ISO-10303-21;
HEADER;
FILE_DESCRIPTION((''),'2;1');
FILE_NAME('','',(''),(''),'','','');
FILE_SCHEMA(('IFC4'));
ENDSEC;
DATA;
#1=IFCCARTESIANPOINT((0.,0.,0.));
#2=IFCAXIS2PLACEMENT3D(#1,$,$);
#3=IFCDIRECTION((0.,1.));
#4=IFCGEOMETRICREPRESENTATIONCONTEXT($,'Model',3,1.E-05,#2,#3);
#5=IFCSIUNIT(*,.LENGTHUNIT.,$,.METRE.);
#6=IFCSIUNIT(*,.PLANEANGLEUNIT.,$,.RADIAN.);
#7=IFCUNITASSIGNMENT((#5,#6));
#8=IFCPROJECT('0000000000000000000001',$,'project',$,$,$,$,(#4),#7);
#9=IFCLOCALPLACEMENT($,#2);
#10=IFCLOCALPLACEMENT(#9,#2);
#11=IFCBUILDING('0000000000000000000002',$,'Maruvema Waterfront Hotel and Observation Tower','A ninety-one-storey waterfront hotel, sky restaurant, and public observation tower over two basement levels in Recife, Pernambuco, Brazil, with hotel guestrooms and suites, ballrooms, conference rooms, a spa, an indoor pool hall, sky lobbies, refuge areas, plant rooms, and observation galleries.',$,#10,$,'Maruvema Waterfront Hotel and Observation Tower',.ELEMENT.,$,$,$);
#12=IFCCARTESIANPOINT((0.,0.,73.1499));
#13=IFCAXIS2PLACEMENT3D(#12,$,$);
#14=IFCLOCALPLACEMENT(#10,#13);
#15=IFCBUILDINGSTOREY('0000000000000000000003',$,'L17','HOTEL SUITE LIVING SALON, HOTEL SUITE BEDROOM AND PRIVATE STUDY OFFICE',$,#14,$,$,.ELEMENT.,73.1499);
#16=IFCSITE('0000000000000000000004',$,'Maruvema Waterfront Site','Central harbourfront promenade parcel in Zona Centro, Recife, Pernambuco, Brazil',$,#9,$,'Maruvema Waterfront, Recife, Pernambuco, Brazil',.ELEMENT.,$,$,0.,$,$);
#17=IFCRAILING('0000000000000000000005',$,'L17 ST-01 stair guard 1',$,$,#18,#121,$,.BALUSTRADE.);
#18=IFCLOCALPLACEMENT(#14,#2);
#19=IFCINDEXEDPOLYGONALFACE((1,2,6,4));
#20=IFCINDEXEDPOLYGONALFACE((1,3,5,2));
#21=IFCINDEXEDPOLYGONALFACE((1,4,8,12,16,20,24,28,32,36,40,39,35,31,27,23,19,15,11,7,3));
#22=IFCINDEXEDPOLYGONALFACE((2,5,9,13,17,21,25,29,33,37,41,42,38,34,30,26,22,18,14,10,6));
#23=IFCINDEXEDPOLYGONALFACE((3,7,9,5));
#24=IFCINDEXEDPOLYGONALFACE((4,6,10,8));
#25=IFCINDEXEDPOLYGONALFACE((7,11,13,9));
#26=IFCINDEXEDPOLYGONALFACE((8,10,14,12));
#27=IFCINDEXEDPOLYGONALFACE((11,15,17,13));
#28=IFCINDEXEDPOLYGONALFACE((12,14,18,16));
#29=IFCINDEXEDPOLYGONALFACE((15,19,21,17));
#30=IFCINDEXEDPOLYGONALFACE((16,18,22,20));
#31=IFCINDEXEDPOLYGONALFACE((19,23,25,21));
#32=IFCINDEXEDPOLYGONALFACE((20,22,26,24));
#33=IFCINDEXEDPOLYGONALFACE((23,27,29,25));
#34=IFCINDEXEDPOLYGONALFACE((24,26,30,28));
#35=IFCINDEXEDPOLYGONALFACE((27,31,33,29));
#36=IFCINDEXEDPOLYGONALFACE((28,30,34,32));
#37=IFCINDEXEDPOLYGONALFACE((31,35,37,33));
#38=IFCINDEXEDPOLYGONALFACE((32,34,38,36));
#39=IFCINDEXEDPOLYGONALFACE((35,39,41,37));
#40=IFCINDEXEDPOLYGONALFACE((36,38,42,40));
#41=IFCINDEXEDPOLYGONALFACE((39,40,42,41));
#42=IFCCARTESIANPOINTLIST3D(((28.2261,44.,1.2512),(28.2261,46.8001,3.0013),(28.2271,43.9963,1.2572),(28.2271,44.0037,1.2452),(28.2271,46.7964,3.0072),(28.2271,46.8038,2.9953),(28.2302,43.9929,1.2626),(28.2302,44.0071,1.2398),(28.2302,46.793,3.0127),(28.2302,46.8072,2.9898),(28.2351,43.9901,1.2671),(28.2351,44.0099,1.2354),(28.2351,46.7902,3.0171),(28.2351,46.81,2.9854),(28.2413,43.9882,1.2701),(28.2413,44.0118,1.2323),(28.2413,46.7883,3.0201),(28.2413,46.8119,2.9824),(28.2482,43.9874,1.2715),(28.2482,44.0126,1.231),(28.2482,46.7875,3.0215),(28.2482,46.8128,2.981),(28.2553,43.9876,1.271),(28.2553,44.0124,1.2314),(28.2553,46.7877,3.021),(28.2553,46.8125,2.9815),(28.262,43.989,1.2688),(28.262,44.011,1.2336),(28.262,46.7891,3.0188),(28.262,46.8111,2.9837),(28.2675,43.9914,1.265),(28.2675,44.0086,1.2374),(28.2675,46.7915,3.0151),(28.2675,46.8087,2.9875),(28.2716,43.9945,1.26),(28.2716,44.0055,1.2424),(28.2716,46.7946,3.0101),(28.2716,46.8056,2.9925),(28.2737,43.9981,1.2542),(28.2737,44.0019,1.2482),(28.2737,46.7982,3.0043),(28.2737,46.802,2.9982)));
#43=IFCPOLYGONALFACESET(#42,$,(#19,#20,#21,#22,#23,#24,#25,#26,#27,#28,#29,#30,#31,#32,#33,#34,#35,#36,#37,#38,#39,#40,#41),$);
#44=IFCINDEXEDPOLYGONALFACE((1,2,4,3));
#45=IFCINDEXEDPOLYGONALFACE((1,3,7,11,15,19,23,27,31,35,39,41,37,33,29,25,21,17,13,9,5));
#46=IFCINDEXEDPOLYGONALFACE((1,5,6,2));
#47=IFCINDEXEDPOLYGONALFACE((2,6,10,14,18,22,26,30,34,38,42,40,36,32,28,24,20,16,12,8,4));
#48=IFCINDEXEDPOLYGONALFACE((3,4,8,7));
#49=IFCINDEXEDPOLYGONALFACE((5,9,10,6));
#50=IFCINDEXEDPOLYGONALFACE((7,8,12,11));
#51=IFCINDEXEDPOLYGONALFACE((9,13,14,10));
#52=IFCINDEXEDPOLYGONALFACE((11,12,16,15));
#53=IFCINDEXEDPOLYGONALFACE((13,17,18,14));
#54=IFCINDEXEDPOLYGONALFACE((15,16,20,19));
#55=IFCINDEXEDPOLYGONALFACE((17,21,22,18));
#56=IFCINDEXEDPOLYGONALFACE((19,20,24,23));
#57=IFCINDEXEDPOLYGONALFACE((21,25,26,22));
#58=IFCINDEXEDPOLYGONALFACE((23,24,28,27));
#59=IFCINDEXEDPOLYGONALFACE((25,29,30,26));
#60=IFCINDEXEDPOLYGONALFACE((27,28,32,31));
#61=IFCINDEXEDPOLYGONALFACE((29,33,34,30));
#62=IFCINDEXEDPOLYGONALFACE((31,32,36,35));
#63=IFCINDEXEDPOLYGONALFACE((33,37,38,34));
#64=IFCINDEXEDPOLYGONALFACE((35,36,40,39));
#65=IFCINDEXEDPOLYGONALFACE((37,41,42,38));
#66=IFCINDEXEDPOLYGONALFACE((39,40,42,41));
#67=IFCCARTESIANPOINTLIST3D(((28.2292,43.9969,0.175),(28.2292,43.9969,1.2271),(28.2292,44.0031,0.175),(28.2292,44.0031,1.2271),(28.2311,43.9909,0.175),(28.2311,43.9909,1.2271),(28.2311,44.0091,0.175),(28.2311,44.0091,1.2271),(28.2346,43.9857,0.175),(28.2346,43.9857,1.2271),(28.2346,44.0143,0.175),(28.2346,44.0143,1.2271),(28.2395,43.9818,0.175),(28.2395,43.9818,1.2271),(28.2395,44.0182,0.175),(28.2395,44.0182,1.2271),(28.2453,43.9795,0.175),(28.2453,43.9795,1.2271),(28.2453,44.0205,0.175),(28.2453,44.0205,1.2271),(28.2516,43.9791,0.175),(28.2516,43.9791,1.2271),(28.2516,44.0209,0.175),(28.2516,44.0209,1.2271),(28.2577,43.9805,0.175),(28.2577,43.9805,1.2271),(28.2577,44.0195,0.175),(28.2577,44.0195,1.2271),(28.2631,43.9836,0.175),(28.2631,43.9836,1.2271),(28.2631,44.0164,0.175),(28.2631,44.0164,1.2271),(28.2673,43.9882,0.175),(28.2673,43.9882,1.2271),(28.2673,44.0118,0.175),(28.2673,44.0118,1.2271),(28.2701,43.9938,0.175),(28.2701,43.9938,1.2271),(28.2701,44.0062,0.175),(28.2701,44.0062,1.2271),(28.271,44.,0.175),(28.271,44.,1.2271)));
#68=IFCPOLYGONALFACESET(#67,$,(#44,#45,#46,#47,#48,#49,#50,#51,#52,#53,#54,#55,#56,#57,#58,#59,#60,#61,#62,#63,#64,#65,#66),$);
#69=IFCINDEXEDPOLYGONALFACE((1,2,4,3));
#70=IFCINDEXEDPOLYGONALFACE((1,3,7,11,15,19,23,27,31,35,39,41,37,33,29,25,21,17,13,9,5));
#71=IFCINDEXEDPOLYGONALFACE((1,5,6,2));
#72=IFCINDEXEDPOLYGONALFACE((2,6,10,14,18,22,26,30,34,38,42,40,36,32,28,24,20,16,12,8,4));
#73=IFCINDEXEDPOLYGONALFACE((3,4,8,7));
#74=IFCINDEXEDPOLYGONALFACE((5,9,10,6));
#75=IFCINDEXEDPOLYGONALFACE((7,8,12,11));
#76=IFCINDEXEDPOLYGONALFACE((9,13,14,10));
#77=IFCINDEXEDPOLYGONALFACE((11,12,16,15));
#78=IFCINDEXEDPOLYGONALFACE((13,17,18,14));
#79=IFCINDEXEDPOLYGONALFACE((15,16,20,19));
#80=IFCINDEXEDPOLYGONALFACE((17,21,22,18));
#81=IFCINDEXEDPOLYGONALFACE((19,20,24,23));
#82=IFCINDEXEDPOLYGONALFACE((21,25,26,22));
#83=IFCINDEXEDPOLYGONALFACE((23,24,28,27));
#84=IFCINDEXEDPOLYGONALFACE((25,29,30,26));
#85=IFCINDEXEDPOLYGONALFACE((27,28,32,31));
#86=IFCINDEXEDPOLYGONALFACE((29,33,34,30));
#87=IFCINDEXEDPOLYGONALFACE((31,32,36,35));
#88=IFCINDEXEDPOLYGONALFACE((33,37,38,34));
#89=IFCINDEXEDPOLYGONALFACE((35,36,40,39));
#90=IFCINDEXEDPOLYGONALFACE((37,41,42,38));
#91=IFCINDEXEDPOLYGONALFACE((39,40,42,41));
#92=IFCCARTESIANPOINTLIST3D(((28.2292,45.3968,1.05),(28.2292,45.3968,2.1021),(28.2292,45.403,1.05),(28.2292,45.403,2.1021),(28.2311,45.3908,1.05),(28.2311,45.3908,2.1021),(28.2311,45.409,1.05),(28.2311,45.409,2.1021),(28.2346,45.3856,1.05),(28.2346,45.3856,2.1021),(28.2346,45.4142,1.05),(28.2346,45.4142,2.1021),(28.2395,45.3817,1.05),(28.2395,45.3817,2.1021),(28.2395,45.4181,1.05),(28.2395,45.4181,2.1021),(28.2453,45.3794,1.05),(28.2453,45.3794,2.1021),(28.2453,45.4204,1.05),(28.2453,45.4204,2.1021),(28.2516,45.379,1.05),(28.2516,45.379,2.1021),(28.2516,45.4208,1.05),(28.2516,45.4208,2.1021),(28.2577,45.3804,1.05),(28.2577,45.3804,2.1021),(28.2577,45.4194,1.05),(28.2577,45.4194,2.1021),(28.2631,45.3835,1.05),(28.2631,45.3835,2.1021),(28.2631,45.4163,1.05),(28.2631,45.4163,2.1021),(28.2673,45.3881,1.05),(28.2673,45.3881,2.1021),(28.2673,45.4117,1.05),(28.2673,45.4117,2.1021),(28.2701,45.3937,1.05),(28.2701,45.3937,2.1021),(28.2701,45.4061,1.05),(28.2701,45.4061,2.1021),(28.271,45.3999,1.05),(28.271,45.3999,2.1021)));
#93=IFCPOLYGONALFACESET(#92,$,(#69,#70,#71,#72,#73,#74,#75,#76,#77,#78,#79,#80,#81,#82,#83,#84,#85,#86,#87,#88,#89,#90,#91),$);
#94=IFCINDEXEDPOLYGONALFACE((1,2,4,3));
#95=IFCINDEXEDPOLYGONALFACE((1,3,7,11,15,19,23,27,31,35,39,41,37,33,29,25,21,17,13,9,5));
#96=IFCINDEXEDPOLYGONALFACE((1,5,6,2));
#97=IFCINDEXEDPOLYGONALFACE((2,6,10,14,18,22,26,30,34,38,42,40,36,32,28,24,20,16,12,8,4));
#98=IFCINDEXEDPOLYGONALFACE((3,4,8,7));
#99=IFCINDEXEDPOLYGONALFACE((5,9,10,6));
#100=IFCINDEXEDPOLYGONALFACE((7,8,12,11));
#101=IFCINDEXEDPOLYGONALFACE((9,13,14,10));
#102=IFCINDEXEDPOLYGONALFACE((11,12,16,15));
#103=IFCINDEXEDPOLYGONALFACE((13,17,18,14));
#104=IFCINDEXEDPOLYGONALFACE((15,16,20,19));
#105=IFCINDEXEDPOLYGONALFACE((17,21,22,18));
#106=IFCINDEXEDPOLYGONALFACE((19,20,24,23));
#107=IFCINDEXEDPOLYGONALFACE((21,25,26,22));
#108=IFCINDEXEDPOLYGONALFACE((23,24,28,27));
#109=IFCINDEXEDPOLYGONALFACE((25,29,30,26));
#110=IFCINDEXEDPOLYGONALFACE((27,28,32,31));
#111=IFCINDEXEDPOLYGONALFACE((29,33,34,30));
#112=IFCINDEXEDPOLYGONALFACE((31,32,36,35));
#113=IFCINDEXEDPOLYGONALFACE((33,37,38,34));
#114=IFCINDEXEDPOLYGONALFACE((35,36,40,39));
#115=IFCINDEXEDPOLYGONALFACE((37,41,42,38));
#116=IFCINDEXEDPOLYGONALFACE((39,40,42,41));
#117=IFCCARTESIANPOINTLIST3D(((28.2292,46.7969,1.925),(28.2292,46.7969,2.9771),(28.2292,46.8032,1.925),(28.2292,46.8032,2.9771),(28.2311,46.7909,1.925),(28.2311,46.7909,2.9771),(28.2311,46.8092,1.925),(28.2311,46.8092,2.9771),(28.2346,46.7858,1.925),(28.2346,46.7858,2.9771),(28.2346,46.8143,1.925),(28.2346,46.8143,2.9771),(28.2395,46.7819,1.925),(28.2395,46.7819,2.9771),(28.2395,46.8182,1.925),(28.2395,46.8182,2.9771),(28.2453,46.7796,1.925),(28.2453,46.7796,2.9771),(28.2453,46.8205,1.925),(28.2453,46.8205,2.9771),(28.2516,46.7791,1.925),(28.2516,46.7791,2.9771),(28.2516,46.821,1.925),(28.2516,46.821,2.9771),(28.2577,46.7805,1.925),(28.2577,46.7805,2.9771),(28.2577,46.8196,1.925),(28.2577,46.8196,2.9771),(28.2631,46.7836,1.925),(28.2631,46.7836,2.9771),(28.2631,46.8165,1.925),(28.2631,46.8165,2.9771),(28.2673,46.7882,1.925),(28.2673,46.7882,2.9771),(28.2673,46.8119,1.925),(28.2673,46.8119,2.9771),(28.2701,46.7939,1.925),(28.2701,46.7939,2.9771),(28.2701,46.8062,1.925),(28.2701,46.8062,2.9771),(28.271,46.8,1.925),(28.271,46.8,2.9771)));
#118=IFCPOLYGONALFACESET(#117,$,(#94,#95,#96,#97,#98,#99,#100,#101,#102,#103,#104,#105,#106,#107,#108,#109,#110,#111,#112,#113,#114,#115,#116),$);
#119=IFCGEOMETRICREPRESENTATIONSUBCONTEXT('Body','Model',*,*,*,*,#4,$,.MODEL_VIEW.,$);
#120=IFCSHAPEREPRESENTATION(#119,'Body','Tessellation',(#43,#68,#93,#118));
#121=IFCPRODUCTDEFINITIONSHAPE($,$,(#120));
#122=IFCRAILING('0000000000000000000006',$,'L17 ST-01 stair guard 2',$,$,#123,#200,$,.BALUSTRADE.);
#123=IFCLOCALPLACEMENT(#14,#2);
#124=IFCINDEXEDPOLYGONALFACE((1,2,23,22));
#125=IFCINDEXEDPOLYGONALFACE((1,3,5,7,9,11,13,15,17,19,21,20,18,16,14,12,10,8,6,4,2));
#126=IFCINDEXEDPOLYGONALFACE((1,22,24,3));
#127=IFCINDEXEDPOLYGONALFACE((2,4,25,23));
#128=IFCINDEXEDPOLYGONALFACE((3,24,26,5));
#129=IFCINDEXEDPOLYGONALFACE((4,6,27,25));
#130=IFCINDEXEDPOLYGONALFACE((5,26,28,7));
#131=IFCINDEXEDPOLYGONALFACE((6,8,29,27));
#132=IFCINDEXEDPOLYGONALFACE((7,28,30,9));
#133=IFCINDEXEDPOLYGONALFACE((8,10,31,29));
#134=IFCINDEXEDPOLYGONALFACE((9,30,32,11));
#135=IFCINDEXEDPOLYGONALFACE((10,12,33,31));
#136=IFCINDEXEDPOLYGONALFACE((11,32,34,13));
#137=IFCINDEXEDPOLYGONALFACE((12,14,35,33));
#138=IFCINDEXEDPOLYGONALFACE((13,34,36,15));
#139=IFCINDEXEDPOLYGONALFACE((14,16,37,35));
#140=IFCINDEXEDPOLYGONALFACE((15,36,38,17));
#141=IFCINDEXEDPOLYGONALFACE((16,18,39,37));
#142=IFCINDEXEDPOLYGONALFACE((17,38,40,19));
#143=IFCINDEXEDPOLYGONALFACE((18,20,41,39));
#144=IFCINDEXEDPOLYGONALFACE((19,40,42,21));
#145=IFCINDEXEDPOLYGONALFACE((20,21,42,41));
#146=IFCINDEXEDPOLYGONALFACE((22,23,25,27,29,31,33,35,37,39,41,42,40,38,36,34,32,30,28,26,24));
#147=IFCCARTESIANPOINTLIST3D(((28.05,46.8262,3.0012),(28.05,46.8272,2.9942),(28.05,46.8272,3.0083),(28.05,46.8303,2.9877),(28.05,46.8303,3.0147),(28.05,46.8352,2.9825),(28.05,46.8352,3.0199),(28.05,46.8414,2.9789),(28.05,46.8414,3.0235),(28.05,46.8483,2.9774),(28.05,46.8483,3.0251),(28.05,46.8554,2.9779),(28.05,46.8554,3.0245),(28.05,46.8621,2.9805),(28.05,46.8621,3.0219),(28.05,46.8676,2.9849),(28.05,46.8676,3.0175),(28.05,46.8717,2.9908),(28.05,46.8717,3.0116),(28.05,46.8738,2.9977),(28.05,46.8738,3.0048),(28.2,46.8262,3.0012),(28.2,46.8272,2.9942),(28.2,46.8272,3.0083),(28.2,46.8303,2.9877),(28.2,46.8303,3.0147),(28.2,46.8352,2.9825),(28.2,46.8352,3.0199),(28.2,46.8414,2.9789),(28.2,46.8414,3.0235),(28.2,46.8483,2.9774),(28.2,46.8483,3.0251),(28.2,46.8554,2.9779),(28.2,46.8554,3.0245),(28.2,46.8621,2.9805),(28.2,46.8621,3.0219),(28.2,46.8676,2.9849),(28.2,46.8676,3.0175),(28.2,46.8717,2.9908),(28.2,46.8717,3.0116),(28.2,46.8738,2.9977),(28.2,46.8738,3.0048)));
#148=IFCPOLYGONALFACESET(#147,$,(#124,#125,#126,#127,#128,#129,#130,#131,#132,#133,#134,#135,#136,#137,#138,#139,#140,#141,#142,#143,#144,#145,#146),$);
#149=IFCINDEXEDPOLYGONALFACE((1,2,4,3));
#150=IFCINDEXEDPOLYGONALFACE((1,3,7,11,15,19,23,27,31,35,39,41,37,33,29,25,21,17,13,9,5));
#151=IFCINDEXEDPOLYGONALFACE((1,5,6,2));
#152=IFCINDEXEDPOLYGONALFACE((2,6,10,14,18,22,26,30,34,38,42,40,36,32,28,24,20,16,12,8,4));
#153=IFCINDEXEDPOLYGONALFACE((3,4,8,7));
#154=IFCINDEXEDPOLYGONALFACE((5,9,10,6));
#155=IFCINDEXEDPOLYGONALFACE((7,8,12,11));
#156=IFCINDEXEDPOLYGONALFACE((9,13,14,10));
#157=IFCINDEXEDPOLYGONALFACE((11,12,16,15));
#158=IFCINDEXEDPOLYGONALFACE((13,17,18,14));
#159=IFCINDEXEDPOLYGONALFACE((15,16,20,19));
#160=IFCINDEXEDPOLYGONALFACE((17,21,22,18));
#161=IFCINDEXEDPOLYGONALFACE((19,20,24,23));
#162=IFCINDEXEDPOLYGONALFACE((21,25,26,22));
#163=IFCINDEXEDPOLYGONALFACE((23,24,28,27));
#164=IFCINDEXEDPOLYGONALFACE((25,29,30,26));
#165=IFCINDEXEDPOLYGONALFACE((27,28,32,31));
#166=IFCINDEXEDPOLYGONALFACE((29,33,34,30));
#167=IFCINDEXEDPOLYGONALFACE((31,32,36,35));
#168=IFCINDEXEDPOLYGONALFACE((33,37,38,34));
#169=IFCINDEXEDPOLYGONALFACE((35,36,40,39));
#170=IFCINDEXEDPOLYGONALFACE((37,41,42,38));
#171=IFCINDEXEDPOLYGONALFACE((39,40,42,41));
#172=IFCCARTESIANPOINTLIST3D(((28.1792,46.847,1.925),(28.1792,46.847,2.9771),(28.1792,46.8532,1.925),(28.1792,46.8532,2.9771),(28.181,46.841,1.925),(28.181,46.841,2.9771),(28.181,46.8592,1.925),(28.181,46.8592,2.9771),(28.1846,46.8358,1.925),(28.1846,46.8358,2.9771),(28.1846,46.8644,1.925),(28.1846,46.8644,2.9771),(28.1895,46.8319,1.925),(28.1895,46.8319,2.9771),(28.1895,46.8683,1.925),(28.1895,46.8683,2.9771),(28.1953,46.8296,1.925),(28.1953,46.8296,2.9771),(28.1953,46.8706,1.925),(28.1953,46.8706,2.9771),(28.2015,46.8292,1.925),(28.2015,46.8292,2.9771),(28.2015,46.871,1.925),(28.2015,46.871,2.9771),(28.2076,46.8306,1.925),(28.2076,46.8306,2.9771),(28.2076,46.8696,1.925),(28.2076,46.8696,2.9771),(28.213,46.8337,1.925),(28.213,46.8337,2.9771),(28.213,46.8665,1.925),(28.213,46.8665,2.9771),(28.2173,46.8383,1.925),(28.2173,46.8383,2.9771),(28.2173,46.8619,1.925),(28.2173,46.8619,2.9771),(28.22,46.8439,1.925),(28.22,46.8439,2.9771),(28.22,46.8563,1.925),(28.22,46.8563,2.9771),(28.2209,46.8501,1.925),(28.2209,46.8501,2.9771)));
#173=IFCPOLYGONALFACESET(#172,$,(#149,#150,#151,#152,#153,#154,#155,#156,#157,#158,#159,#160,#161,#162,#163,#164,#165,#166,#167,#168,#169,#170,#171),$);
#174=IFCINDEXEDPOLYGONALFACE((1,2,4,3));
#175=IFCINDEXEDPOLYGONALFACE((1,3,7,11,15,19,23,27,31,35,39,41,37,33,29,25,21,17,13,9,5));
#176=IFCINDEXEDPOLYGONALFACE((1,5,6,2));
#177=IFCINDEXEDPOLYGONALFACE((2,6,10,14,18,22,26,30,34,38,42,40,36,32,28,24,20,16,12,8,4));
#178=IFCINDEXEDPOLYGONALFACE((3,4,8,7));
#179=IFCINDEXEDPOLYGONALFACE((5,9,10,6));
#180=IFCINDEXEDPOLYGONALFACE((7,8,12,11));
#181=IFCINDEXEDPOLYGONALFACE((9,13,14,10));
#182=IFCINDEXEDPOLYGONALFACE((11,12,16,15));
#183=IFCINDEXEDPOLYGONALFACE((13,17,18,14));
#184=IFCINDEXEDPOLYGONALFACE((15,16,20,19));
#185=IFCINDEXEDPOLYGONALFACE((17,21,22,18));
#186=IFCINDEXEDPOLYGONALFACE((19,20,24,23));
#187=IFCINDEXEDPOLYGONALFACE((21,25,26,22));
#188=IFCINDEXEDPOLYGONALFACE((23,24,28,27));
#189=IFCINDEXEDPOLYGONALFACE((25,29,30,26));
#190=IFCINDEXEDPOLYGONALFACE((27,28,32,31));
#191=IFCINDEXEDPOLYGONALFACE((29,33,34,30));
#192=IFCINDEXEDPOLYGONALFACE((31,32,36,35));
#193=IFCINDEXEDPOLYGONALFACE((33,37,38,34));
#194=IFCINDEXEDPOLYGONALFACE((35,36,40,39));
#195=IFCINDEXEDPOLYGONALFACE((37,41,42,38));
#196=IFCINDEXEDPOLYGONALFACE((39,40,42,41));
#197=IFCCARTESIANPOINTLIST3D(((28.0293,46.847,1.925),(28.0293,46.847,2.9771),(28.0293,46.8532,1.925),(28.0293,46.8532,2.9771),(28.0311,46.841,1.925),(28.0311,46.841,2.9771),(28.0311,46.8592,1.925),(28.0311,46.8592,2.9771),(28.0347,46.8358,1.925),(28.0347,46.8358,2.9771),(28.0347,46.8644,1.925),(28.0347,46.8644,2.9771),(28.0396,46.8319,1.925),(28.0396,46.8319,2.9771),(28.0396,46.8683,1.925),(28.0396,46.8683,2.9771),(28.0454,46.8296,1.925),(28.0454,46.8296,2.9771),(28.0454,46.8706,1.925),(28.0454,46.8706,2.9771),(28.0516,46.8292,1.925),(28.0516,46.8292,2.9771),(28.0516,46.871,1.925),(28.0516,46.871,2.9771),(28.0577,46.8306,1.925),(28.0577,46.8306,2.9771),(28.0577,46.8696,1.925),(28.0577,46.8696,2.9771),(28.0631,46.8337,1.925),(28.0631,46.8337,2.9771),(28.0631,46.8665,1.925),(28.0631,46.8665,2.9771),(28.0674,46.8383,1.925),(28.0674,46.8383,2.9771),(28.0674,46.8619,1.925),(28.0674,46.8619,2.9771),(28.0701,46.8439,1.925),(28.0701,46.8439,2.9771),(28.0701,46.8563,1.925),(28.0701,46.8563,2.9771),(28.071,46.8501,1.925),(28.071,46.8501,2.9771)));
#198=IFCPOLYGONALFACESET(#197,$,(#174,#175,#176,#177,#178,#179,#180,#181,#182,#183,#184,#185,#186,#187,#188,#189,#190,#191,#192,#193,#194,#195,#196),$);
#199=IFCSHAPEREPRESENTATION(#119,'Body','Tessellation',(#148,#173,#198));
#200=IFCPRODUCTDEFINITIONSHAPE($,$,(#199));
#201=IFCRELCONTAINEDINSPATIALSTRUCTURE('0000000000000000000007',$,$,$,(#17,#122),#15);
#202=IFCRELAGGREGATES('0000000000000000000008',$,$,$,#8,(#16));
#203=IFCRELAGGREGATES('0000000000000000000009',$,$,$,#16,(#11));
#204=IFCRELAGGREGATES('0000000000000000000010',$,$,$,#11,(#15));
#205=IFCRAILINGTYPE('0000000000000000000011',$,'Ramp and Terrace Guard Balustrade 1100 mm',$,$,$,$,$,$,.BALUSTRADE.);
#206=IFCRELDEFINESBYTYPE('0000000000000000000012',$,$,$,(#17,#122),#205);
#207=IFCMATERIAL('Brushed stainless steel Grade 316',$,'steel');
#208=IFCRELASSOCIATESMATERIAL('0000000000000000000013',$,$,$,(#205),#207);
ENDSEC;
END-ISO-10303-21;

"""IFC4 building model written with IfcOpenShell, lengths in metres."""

from ifc_helpers import new_model, si_unit, direction, frame, origin, origin_2d, place, context, subcontext, project, spatial, circle, extrude, material, type_object, element, save


model = new_model("IFC4")

# Units and contexts
model_context = context("Model", 3, precision=1e-05, world=origin(), true_north=direction((0.0, 1.0)))
body_context = subcontext(model_context, "Body", "Model", "MODEL_VIEW")
ifc_project = project(units=[si_unit("LENGTHUNIT", "METRE"), si_unit("PLANEANGLEUNIT", "RADIAN")], contexts=[model_context])

# Site, building, storey
site_placement = place(None, origin())
site = spatial("IfcSite", under=ifc_project, at=site_placement, Name="Maruvema Waterfront Site", Description="Central harbourfront promenade parcel in Zona Centro, Recife, Pernambuco, Brazil", LongName="Maruvema Waterfront, Recife, Pernambuco, Brazil", CompositionType="ELEMENT", RefElevation=0.0)
building_placement = place(site_placement, origin())
building = spatial("IfcBuilding", under=site, at=building_placement, Name="Maruvema Waterfront Hotel and Observation Tower", Description="A ninety-one-storey waterfront hotel, sky restaurant, and public observation tower over two basement levels in Recife, Pernambuco, Brazil, with hotel guestrooms and suites, ballrooms, conference rooms, a spa, an indoor pool hall, sky lobbies, refuge areas, plant rooms, and observation galleries.", LongName="Maruvema Waterfront Hotel and Observation Tower", CompositionType="ELEMENT")
storey_placement = place(building_placement, frame((0.0, 0.0, 73.1499)))
storey = spatial("IfcBuildingStorey", under=building, at=storey_placement, Name="L17", Description="HOTEL SUITE LIVING SALON, HOTEL SUITE BEDROOM AND PRIVATE STUDY OFFICE", CompositionType="ELEMENT", Elevation=73.1499)

# Railings
ifc_material_1 = material(Name="Brushed stainless steel Grade 316", Category="steel")
railing_type_1 = type_object("IfcRailingType", Name="Ramp and Terrace Guard Balustrade 1100 mm", PredefinedType="BALUSTRADE", material=ifc_material_1)
railing_1_placement = place(storey_placement, frame((28.25, 44.0, 0.175)))
element("IfcRailing", 1, at=railing_1_placement, inside=storey, type_object=railing_type_1, Name="L17 ST-01 stair guard 1", PredefinedType="BALUSTRADE", context=body_context, shape_type="SweptSolid", body=[
    extrude(circle(Radius=0.0239, at=origin_2d()), frame((0.0, 0.0, 1.0762), z_axis=(0.0, 0.848002, 0.529992), x_axis=(-1.0, 0.0, 0.0)), (0.0, 0.0, 1.0), 3.302),
    extrude(circle(Radius=0.021, at=origin_2d()), origin(), (0.0, 0.0, 1.0), 1.052),
    extrude(circle(Radius=0.021, at=origin_2d()), frame((0.0, 1.3999, 0.875)), (0.0, 0.0, 1.0), 1.052),
    extrude(circle(Radius=0.021, at=origin_2d()), frame((0.0, 2.8, 1.75)), (0.0, 0.0, 1.0), 1.052),
])
railing_2_placement = place(storey_placement, frame((28.2, 46.8501, 1.925)))
element("IfcRailing", 2, at=railing_2_placement, inside=storey, type_object=railing_type_1, Name="L17 ST-01 stair guard 2", PredefinedType="BALUSTRADE", context=body_context, shape_type="SweptSolid", body=[
    extrude(circle(Radius=0.0239, at=origin_2d()), frame((0.0, 0.0, 1.0762), z_axis=(-1.0, 0.0, 0.0), x_axis=(0.0, -1.0, 0.0)), (0.0, 0.0, 1.0), 0.1499),
    extrude(circle(Radius=0.021, at=origin_2d()), origin(), (0.0, 0.0, 1.0), 1.052),
    extrude(circle(Radius=0.021, at=origin_2d()), frame((-0.1499, 0.0, 0.0)), (0.0, 0.0, 1.0), 1.052),
])

save(model, "model.ifc")
